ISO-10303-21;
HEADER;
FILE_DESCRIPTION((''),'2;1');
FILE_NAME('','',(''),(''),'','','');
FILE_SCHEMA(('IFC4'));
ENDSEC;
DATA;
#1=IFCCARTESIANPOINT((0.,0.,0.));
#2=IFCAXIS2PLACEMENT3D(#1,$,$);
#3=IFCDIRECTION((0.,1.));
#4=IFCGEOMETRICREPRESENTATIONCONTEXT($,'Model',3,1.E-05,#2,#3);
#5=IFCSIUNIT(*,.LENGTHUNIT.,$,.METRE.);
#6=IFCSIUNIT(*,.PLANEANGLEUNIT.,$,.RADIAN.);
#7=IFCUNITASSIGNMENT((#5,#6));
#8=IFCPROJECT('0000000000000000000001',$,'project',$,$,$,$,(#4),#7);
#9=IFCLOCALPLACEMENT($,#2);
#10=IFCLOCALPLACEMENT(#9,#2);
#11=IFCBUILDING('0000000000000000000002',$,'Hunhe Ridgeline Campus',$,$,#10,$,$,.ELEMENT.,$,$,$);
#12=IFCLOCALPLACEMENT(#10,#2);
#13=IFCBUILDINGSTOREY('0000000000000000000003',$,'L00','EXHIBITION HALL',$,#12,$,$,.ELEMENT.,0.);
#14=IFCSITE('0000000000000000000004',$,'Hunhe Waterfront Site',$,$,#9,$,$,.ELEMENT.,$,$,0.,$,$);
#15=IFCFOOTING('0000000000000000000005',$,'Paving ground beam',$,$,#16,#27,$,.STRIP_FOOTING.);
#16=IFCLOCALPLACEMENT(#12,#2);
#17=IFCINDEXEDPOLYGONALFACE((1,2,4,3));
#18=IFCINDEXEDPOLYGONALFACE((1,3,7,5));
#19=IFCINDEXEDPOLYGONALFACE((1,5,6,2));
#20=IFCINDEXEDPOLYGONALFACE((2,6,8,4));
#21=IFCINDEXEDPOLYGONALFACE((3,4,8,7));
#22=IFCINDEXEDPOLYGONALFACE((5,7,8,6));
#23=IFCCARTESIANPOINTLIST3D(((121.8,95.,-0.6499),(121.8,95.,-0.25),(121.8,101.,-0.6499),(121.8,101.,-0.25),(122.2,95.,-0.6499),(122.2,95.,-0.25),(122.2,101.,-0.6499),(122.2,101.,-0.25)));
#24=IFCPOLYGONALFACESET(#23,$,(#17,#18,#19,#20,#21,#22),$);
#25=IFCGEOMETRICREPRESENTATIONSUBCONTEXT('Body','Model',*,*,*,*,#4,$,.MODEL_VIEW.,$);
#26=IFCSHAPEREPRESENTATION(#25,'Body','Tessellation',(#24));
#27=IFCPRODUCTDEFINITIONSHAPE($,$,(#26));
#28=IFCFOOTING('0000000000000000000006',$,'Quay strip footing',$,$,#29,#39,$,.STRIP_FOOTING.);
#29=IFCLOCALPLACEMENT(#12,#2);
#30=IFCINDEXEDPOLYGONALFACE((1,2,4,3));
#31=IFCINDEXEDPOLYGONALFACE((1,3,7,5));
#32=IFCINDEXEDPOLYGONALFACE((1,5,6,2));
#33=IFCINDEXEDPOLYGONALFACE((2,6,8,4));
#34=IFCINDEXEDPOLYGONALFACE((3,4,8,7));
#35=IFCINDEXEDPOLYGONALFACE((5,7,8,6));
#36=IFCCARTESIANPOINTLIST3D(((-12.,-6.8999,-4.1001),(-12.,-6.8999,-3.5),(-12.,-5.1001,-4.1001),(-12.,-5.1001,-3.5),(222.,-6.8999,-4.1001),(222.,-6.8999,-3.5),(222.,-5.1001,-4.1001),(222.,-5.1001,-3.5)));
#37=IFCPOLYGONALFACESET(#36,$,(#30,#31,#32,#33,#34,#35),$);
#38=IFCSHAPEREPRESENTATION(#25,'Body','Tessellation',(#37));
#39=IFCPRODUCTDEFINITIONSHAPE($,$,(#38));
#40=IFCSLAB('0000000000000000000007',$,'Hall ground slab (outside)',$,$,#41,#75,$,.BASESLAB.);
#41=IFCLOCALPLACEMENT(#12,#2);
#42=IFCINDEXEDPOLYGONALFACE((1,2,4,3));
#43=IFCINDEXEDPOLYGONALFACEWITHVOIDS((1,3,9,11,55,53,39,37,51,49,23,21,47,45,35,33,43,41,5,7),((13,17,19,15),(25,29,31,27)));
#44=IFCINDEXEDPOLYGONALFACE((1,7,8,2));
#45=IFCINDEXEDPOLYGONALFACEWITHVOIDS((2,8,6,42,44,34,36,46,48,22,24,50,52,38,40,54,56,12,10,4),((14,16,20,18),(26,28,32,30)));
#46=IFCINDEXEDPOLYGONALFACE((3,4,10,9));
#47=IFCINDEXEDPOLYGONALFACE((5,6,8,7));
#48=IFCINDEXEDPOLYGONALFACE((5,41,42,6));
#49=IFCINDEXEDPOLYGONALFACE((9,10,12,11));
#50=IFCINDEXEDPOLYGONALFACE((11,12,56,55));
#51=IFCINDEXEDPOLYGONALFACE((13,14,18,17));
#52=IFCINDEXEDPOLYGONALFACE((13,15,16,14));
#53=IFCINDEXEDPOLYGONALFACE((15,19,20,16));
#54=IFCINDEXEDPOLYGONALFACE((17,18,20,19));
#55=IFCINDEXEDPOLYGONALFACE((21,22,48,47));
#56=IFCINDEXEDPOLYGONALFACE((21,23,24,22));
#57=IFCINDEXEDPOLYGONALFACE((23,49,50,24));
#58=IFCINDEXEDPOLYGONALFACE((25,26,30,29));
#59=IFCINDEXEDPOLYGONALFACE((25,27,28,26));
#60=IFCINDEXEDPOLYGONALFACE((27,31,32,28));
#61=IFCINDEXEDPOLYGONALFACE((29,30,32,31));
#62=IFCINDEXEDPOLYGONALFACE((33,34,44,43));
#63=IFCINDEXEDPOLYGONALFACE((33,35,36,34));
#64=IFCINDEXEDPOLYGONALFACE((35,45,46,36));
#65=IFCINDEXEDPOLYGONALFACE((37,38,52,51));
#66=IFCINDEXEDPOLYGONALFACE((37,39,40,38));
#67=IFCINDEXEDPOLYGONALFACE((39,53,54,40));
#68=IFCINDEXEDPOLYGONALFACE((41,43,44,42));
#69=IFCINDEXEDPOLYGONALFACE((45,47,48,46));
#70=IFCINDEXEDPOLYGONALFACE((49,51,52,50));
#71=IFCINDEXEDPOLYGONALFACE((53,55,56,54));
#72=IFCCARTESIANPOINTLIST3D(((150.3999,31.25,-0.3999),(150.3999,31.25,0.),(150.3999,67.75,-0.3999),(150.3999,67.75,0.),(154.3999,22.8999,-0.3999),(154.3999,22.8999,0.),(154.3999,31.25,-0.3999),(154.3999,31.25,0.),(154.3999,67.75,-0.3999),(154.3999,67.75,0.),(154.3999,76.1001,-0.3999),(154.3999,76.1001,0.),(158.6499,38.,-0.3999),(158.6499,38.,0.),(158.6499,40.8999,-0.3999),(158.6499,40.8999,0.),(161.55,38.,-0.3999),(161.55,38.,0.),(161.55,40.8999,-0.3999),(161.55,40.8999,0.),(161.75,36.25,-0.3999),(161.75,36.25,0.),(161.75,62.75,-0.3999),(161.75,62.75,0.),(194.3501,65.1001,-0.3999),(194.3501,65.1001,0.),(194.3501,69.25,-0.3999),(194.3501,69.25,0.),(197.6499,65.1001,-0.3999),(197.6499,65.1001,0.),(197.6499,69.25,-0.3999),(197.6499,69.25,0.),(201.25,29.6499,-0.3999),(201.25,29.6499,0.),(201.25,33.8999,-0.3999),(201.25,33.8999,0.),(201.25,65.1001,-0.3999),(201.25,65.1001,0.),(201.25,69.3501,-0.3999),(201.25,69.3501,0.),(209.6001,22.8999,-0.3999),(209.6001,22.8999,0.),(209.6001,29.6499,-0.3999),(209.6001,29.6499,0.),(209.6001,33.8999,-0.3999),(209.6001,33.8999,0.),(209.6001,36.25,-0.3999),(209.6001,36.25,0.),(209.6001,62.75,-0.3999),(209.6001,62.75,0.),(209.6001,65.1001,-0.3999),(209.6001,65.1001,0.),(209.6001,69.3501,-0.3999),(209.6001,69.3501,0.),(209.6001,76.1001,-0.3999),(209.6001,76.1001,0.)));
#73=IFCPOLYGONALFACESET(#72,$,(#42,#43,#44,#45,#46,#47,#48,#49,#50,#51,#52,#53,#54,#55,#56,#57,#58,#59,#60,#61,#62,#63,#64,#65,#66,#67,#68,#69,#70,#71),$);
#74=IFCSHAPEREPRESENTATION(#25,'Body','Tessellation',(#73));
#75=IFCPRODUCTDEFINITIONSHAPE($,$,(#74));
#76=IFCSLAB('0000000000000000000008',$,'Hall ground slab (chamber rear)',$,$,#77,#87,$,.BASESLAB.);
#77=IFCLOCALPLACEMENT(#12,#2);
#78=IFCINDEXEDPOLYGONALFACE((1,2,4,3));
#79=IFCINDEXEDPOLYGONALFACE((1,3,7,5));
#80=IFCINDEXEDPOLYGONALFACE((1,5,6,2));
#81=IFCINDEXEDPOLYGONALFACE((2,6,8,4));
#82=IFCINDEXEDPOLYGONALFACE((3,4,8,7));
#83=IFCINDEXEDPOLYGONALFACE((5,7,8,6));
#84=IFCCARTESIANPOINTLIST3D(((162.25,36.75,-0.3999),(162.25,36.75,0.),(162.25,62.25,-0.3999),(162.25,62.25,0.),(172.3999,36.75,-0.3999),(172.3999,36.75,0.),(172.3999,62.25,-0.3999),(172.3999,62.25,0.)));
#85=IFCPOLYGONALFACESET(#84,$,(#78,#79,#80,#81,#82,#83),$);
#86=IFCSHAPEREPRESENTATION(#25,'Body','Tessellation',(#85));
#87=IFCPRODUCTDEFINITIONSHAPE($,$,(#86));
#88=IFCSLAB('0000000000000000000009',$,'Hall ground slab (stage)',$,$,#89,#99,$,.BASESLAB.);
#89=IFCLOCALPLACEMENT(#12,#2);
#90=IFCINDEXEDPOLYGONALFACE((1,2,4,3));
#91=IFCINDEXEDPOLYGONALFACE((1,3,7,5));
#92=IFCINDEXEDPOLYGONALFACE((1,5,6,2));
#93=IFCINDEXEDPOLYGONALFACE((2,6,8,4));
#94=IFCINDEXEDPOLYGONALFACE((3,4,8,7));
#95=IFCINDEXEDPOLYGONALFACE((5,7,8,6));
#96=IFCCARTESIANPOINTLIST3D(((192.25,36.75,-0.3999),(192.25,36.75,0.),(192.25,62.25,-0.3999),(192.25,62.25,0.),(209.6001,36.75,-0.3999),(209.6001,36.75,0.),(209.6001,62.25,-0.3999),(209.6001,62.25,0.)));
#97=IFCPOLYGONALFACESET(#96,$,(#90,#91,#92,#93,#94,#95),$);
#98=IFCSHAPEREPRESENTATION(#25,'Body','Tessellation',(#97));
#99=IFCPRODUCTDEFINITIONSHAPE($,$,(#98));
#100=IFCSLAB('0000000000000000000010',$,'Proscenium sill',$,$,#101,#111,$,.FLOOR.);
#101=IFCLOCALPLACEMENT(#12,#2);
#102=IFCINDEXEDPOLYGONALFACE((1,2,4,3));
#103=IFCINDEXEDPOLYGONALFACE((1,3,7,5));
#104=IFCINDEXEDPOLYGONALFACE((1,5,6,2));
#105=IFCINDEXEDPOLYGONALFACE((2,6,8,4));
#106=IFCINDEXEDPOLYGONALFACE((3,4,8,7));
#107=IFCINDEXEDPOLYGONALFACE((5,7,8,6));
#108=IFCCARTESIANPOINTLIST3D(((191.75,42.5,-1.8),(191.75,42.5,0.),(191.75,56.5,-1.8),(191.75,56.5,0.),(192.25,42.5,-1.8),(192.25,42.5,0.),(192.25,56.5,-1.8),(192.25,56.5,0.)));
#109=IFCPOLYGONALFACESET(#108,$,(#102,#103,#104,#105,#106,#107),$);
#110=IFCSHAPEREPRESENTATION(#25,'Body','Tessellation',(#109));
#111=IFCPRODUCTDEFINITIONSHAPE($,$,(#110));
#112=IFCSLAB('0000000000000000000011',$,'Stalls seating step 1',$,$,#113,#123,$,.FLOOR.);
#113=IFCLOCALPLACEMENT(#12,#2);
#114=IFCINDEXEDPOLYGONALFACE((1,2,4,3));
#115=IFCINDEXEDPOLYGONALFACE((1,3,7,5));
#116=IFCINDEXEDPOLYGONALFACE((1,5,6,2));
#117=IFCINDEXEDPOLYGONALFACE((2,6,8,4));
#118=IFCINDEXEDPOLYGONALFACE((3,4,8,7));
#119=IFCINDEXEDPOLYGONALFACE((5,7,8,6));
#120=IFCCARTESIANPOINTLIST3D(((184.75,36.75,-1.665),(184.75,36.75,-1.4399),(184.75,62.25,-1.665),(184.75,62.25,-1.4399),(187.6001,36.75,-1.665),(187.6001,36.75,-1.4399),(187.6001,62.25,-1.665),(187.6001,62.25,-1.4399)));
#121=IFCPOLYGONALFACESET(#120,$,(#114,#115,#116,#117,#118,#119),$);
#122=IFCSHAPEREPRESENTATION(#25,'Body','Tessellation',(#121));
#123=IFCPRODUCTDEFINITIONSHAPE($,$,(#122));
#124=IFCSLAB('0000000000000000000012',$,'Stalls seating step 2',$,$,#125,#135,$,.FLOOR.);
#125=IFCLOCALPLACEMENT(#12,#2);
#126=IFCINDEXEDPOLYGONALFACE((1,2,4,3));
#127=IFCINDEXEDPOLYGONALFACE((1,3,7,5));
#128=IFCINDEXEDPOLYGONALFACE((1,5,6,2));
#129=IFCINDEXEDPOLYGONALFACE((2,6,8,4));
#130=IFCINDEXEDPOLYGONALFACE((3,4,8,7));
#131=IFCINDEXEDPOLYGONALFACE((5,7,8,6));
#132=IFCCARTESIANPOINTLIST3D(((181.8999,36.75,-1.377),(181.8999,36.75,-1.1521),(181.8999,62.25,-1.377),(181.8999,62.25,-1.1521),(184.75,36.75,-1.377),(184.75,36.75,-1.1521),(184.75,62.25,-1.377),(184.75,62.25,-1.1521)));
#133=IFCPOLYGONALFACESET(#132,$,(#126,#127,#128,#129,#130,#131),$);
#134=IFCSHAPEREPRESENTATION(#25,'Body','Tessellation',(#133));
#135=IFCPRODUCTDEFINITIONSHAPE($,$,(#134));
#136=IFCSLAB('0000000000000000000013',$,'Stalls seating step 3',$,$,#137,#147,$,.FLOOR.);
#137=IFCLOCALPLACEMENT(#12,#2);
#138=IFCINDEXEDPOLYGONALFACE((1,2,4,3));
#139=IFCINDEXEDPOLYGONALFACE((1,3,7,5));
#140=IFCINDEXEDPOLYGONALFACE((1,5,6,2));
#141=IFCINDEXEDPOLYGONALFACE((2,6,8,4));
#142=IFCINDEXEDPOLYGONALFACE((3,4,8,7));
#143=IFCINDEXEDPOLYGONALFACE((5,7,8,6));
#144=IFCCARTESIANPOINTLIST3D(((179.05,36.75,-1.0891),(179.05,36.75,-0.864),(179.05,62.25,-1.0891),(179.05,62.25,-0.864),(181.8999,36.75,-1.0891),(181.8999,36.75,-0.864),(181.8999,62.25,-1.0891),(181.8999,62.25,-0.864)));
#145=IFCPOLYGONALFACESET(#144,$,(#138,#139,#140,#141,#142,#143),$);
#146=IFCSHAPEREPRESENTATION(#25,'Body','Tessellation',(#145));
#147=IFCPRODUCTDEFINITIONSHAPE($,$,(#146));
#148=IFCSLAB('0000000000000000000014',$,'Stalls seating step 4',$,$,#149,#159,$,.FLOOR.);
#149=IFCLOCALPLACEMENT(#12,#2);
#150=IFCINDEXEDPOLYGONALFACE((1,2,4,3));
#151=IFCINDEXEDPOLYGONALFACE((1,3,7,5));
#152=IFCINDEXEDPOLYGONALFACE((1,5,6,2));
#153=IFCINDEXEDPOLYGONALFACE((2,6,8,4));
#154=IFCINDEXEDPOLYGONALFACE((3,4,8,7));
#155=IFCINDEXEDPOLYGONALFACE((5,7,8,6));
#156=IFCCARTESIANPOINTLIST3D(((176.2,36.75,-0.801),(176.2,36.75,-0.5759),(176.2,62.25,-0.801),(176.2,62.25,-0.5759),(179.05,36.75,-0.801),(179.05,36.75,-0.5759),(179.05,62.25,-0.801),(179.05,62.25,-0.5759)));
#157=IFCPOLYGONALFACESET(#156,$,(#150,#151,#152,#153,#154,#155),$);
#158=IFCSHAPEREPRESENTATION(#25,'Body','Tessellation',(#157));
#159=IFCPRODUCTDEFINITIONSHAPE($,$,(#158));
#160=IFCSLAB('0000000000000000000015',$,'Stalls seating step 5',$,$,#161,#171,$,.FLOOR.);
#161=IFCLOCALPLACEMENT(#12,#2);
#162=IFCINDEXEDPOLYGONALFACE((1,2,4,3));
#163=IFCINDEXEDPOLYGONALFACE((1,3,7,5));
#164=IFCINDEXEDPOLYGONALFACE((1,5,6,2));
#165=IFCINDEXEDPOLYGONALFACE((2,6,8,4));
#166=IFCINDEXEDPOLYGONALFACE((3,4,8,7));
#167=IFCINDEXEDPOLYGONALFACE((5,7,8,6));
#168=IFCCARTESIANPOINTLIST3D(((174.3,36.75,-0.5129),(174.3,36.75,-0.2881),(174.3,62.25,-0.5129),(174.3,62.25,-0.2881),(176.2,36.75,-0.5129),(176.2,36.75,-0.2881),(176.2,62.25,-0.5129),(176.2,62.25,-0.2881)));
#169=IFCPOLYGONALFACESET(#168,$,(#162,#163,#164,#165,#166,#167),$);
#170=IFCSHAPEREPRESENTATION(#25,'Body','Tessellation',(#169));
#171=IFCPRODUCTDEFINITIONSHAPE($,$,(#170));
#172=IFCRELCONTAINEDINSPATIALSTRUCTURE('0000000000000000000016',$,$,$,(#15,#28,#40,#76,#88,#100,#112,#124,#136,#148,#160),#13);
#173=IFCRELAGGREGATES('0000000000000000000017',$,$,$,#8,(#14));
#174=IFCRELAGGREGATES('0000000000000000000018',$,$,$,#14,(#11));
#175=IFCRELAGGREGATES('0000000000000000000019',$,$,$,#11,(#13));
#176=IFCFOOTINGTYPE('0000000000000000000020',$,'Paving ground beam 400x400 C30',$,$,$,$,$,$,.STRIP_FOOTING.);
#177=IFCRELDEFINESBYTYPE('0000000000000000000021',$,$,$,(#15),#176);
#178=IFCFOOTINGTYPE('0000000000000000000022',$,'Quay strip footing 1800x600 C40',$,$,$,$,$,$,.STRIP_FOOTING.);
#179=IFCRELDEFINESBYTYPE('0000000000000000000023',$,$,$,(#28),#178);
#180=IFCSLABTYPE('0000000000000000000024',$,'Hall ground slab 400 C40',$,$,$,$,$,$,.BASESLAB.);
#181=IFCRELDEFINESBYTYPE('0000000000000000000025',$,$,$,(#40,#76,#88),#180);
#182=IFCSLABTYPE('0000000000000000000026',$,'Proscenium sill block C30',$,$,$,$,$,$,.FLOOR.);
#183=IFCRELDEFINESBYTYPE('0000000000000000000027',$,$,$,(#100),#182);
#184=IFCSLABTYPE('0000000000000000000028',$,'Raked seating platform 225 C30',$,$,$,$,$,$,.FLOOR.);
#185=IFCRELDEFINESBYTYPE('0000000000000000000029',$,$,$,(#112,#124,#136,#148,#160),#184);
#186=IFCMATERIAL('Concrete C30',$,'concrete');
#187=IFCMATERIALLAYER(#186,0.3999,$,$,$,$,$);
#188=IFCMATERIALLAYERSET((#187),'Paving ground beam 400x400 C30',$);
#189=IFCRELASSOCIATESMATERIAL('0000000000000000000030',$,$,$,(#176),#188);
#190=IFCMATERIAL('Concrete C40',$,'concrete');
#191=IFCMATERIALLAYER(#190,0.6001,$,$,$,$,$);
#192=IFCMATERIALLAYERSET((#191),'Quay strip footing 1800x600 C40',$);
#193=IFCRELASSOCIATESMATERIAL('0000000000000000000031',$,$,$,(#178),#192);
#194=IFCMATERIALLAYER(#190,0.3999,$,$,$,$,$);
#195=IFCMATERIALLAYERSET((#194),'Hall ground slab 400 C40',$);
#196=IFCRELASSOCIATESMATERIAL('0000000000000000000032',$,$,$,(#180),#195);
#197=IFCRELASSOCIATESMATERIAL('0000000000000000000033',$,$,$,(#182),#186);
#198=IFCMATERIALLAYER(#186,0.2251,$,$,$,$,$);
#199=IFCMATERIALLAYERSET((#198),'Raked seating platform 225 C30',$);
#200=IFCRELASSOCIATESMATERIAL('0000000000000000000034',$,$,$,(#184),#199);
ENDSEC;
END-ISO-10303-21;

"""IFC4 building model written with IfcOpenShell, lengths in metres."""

from ifc_helpers import new_model, si_unit, direction, frame, origin, place, context, subcontext, project, spatial, polyline, outline, extrude, material, layer, layer_set, type_object, element, save


model = new_model("IFC4")

# Units and contexts
model_context = context("Model", 3, precision=1e-05, world=origin(), true_north=direction((0.0, 1.0)))
body_context = subcontext(model_context, "Body", "Model", "MODEL_VIEW")
ifc_project = project(units=[si_unit("LENGTHUNIT", "METRE"), si_unit("PLANEANGLEUNIT", "RADIAN")], contexts=[model_context])

# Site, building, storey
site_placement = place(None, origin())
site = spatial("IfcSite", under=ifc_project, at=site_placement, Name="Hunhe Waterfront Site", CompositionType="ELEMENT", RefElevation=0.0)
building_placement = place(site_placement, origin())
building = spatial("IfcBuilding", under=site, at=building_placement, Name="Hunhe Ridgeline Campus", CompositionType="ELEMENT")
storey_placement = place(building_placement, origin())
storey = spatial("IfcBuildingStorey", under=building, at=storey_placement, Name="L00", Description="EXHIBITION HALL", CompositionType="ELEMENT", Elevation=0.0)

# Footings
ifc_material_1 = material(Name="Concrete C40", Category="concrete")
ifc_material_2 = material(Name="Concrete C30", Category="concrete")
ifc_layer_1 = layer(ifc_material_2, 0.3999)
ifc_layer_set_1 = layer_set([ifc_layer_1], Name="Paving ground beam 400x400 C30")
footing_type_1 = type_object("IfcFootingType", Name="Paving ground beam 400x400 C30", PredefinedType="STRIP_FOOTING", material=ifc_layer_set_1)
footing_1_placement = place(storey_placement, frame((0.0, 0.0, -0.6499)))
element("IfcFooting", 1, at=footing_1_placement, inside=storey, type_object=footing_type_1, Name="Paving ground beam", PredefinedType="STRIP_FOOTING", context=body_context, shape_type="SweptSolid", body=[
    extrude(outline(polyline([(122.2, 95.0), (122.2, 101.0), (121.8, 101.0), (121.8, 95.0), (122.2, 95.0)])), origin(), (0.0, 0.0, 1.0), 0.3999),
])
ifc_layer_2 = layer(ifc_material_1, 0.6001)
ifc_layer_set_2 = layer_set([ifc_layer_2], Name="Quay strip footing 1800x600 C40")
footing_type_2 = type_object("IfcFootingType", Name="Quay strip footing 1800x600 C40", PredefinedType="STRIP_FOOTING", material=ifc_layer_set_2)
footing_2_placement = place(storey_placement, frame((0.0, 0.0, -4.1001)))
element("IfcFooting", 2, at=footing_2_placement, inside=storey, type_object=footing_type_2, Name="Quay strip footing", PredefinedType="STRIP_FOOTING", context=body_context, shape_type="SweptSolid", body=[
    extrude(outline(polyline([(222.0, -6.8999), (222.0, -5.1001), (-12.0, -5.1001), (-12.0, -6.8999), (222.0, -6.8999)])), origin(), (0.0, 0.0, 1.0), 0.6001),
])

# Slabs
ifc_layer_3 = layer(ifc_material_1, 0.3999)
ifc_layer_set_3 = layer_set([ifc_layer_3], Name="Hall ground slab 400 C40")
slab_type_1 = type_object("IfcSlabType", Name="Hall ground slab 400 C40", PredefinedType="BASESLAB", material=ifc_layer_set_3)
slab_1_placement = place(storey_placement, frame((0.0, 0.0, -0.3999)))
element("IfcSlab", 3, at=slab_1_placement, inside=storey, type_object=slab_type_1, Name="Hall ground slab (outside)", PredefinedType="BASESLAB", context=body_context, shape_type="SweptSolid", body=[
    extrude(outline(polyline([(209.6001, 22.8999), (209.6001, 29.6499), (201.25, 29.6499), (201.25, 33.8999), (209.6001, 33.8999), (209.6001, 36.25), (161.75, 36.25), (161.75, 62.75), (209.6001, 62.75), (209.6001, 65.1001), (201.25, 65.1001), (201.25, 69.3501), (209.6001, 69.3501), (209.6001, 76.1001), (154.3999, 76.1001), (154.3999, 67.75), (150.3999, 67.75), (150.3999, 31.25), (154.3999, 31.25), (154.3999, 22.8999), (209.6001, 22.8999)]), holes=[polyline([(158.6499, 40.8999), (158.6499, 38.0), (161.55, 38.0), (161.55, 40.8999), (158.6499, 40.8999)]), polyline([(194.3501, 65.1001), (197.6499, 65.1001), (197.6499, 69.25), (194.3501, 69.25), (194.3501, 65.1001)])]), origin(), (0.0, 0.0, 1.0), 0.3999),
])
slab_2_placement = place(storey_placement, frame((0.0, 0.0, -0.3999)))
element("IfcSlab", 4, at=slab_2_placement, inside=storey, type_object=slab_type_1, Name="Hall ground slab (chamber rear)", PredefinedType="BASESLAB", context=body_context, shape_type="SweptSolid", body=[
    extrude(outline(polyline([(172.3999, 36.75), (172.3999, 62.25), (162.25, 62.25), (162.25, 36.75), (172.3999, 36.75)])), origin(), (0.0, 0.0, 1.0), 0.3999),
])
slab_3_placement = place(storey_placement, frame((0.0, 0.0, -0.3999)))
element("IfcSlab", 5, at=slab_3_placement, inside=storey, type_object=slab_type_1, Name="Hall ground slab (stage)", PredefinedType="BASESLAB", context=body_context, shape_type="SweptSolid", body=[
    extrude(outline(polyline([(209.6001, 36.75), (209.6001, 62.25), (192.25, 62.25), (192.25, 36.75), (209.6001, 36.75)])), origin(), (0.0, 0.0, 1.0), 0.3999),
])
slab_type_2 = type_object("IfcSlabType", Name="Proscenium sill block C30", PredefinedType="FLOOR", material=ifc_material_2)
slab_4_placement = place(storey_placement, frame((0.0, 0.0, -1.8)))
element("IfcSlab", 6, at=slab_4_placement, inside=storey, type_object=slab_type_2, Name="Proscenium sill", PredefinedType="FLOOR", context=body_context, shape_type="SweptSolid", body=[
    extrude(outline(polyline([(192.25, 42.5), (192.25, 56.5), (191.75, 56.5), (191.75, 42.5), (192.25, 42.5)])), origin(), (0.0, 0.0, 1.0), 1.8),
])
ifc_layer_4 = layer(ifc_material_2, 0.2251)
ifc_layer_set_4 = layer_set([ifc_layer_4], Name="Raked seating platform 225 C30")
slab_type_3 = type_object("IfcSlabType", Name="Raked seating platform 225 C30", PredefinedType="FLOOR", material=ifc_layer_set_4)
slab_5_placement = place(storey_placement, frame((0.0, 0.0, -1.665)))
element("IfcSlab", 7, at=slab_5_placement, inside=storey, type_object=slab_type_3, Name="Stalls seating step 1", PredefinedType="FLOOR", context=body_context, shape_type="SweptSolid", body=[
    extrude(outline(polyline([(187.6001, 36.75), (187.6001, 62.25), (184.75, 62.25), (184.75, 36.75), (187.6001, 36.75)])), origin(), (0.0, 0.0, 1.0), 0.2251),
])
slab_6_placement = place(storey_placement, frame((0.0, 0.0, -1.377)))
element("IfcSlab", 8, at=slab_6_placement, inside=storey, type_object=slab_type_3, Name="Stalls seating step 2", PredefinedType="FLOOR", context=body_context, shape_type="SweptSolid", body=[
    extrude(outline(polyline([(184.75, 36.75), (184.75, 62.25), (181.8999, 62.25), (181.8999, 36.75), (184.75, 36.75)])), origin(), (0.0, 0.0, 1.0), 0.2249),
])
slab_7_placement = place(storey_placement, frame((0.0, 0.0, -1.0891)))
element("IfcSlab", 9, at=slab_7_placement, inside=storey, type_object=slab_type_3, Name="Stalls seating step 3", PredefinedType="FLOOR", context=body_context, shape_type="SweptSolid", body=[
    extrude(outline(polyline([(181.8999, 36.75), (181.8999, 62.25), (179.05, 62.25), (179.05, 36.75), (181.8999, 36.75)])), origin(), (0.0, 0.0, 1.0), 0.2251),
])
slab_8_placement = place(storey_placement, frame((0.0, 0.0, -0.801)))
element("IfcSlab", 10, at=slab_8_placement, inside=storey, type_object=slab_type_3, Name="Stalls seating step 4", PredefinedType="FLOOR", context=body_context, shape_type="SweptSolid", body=[
    extrude(outline(polyline([(179.05, 36.75), (179.05, 62.25), (176.2, 62.25), (176.2, 36.75), (179.05, 36.75)])), origin(), (0.0, 0.0, 1.0), 0.2251),
])
slab_9_placement = place(storey_placement, frame((0.0, 0.0, -0.5129)))
element("IfcSlab", 11, at=slab_9_placement, inside=storey, type_object=slab_type_3, Name="Stalls seating step 5", PredefinedType="FLOOR", context=body_context, shape_type="SweptSolid", body=[
    extrude(outline(polyline([(176.2, 36.75), (176.2, 62.25), (174.3, 62.25), (174.3, 36.75), (176.2, 36.75)])), origin(), (0.0, 0.0, 1.0), 0.2249),
])

save(model, "model.ifc")
